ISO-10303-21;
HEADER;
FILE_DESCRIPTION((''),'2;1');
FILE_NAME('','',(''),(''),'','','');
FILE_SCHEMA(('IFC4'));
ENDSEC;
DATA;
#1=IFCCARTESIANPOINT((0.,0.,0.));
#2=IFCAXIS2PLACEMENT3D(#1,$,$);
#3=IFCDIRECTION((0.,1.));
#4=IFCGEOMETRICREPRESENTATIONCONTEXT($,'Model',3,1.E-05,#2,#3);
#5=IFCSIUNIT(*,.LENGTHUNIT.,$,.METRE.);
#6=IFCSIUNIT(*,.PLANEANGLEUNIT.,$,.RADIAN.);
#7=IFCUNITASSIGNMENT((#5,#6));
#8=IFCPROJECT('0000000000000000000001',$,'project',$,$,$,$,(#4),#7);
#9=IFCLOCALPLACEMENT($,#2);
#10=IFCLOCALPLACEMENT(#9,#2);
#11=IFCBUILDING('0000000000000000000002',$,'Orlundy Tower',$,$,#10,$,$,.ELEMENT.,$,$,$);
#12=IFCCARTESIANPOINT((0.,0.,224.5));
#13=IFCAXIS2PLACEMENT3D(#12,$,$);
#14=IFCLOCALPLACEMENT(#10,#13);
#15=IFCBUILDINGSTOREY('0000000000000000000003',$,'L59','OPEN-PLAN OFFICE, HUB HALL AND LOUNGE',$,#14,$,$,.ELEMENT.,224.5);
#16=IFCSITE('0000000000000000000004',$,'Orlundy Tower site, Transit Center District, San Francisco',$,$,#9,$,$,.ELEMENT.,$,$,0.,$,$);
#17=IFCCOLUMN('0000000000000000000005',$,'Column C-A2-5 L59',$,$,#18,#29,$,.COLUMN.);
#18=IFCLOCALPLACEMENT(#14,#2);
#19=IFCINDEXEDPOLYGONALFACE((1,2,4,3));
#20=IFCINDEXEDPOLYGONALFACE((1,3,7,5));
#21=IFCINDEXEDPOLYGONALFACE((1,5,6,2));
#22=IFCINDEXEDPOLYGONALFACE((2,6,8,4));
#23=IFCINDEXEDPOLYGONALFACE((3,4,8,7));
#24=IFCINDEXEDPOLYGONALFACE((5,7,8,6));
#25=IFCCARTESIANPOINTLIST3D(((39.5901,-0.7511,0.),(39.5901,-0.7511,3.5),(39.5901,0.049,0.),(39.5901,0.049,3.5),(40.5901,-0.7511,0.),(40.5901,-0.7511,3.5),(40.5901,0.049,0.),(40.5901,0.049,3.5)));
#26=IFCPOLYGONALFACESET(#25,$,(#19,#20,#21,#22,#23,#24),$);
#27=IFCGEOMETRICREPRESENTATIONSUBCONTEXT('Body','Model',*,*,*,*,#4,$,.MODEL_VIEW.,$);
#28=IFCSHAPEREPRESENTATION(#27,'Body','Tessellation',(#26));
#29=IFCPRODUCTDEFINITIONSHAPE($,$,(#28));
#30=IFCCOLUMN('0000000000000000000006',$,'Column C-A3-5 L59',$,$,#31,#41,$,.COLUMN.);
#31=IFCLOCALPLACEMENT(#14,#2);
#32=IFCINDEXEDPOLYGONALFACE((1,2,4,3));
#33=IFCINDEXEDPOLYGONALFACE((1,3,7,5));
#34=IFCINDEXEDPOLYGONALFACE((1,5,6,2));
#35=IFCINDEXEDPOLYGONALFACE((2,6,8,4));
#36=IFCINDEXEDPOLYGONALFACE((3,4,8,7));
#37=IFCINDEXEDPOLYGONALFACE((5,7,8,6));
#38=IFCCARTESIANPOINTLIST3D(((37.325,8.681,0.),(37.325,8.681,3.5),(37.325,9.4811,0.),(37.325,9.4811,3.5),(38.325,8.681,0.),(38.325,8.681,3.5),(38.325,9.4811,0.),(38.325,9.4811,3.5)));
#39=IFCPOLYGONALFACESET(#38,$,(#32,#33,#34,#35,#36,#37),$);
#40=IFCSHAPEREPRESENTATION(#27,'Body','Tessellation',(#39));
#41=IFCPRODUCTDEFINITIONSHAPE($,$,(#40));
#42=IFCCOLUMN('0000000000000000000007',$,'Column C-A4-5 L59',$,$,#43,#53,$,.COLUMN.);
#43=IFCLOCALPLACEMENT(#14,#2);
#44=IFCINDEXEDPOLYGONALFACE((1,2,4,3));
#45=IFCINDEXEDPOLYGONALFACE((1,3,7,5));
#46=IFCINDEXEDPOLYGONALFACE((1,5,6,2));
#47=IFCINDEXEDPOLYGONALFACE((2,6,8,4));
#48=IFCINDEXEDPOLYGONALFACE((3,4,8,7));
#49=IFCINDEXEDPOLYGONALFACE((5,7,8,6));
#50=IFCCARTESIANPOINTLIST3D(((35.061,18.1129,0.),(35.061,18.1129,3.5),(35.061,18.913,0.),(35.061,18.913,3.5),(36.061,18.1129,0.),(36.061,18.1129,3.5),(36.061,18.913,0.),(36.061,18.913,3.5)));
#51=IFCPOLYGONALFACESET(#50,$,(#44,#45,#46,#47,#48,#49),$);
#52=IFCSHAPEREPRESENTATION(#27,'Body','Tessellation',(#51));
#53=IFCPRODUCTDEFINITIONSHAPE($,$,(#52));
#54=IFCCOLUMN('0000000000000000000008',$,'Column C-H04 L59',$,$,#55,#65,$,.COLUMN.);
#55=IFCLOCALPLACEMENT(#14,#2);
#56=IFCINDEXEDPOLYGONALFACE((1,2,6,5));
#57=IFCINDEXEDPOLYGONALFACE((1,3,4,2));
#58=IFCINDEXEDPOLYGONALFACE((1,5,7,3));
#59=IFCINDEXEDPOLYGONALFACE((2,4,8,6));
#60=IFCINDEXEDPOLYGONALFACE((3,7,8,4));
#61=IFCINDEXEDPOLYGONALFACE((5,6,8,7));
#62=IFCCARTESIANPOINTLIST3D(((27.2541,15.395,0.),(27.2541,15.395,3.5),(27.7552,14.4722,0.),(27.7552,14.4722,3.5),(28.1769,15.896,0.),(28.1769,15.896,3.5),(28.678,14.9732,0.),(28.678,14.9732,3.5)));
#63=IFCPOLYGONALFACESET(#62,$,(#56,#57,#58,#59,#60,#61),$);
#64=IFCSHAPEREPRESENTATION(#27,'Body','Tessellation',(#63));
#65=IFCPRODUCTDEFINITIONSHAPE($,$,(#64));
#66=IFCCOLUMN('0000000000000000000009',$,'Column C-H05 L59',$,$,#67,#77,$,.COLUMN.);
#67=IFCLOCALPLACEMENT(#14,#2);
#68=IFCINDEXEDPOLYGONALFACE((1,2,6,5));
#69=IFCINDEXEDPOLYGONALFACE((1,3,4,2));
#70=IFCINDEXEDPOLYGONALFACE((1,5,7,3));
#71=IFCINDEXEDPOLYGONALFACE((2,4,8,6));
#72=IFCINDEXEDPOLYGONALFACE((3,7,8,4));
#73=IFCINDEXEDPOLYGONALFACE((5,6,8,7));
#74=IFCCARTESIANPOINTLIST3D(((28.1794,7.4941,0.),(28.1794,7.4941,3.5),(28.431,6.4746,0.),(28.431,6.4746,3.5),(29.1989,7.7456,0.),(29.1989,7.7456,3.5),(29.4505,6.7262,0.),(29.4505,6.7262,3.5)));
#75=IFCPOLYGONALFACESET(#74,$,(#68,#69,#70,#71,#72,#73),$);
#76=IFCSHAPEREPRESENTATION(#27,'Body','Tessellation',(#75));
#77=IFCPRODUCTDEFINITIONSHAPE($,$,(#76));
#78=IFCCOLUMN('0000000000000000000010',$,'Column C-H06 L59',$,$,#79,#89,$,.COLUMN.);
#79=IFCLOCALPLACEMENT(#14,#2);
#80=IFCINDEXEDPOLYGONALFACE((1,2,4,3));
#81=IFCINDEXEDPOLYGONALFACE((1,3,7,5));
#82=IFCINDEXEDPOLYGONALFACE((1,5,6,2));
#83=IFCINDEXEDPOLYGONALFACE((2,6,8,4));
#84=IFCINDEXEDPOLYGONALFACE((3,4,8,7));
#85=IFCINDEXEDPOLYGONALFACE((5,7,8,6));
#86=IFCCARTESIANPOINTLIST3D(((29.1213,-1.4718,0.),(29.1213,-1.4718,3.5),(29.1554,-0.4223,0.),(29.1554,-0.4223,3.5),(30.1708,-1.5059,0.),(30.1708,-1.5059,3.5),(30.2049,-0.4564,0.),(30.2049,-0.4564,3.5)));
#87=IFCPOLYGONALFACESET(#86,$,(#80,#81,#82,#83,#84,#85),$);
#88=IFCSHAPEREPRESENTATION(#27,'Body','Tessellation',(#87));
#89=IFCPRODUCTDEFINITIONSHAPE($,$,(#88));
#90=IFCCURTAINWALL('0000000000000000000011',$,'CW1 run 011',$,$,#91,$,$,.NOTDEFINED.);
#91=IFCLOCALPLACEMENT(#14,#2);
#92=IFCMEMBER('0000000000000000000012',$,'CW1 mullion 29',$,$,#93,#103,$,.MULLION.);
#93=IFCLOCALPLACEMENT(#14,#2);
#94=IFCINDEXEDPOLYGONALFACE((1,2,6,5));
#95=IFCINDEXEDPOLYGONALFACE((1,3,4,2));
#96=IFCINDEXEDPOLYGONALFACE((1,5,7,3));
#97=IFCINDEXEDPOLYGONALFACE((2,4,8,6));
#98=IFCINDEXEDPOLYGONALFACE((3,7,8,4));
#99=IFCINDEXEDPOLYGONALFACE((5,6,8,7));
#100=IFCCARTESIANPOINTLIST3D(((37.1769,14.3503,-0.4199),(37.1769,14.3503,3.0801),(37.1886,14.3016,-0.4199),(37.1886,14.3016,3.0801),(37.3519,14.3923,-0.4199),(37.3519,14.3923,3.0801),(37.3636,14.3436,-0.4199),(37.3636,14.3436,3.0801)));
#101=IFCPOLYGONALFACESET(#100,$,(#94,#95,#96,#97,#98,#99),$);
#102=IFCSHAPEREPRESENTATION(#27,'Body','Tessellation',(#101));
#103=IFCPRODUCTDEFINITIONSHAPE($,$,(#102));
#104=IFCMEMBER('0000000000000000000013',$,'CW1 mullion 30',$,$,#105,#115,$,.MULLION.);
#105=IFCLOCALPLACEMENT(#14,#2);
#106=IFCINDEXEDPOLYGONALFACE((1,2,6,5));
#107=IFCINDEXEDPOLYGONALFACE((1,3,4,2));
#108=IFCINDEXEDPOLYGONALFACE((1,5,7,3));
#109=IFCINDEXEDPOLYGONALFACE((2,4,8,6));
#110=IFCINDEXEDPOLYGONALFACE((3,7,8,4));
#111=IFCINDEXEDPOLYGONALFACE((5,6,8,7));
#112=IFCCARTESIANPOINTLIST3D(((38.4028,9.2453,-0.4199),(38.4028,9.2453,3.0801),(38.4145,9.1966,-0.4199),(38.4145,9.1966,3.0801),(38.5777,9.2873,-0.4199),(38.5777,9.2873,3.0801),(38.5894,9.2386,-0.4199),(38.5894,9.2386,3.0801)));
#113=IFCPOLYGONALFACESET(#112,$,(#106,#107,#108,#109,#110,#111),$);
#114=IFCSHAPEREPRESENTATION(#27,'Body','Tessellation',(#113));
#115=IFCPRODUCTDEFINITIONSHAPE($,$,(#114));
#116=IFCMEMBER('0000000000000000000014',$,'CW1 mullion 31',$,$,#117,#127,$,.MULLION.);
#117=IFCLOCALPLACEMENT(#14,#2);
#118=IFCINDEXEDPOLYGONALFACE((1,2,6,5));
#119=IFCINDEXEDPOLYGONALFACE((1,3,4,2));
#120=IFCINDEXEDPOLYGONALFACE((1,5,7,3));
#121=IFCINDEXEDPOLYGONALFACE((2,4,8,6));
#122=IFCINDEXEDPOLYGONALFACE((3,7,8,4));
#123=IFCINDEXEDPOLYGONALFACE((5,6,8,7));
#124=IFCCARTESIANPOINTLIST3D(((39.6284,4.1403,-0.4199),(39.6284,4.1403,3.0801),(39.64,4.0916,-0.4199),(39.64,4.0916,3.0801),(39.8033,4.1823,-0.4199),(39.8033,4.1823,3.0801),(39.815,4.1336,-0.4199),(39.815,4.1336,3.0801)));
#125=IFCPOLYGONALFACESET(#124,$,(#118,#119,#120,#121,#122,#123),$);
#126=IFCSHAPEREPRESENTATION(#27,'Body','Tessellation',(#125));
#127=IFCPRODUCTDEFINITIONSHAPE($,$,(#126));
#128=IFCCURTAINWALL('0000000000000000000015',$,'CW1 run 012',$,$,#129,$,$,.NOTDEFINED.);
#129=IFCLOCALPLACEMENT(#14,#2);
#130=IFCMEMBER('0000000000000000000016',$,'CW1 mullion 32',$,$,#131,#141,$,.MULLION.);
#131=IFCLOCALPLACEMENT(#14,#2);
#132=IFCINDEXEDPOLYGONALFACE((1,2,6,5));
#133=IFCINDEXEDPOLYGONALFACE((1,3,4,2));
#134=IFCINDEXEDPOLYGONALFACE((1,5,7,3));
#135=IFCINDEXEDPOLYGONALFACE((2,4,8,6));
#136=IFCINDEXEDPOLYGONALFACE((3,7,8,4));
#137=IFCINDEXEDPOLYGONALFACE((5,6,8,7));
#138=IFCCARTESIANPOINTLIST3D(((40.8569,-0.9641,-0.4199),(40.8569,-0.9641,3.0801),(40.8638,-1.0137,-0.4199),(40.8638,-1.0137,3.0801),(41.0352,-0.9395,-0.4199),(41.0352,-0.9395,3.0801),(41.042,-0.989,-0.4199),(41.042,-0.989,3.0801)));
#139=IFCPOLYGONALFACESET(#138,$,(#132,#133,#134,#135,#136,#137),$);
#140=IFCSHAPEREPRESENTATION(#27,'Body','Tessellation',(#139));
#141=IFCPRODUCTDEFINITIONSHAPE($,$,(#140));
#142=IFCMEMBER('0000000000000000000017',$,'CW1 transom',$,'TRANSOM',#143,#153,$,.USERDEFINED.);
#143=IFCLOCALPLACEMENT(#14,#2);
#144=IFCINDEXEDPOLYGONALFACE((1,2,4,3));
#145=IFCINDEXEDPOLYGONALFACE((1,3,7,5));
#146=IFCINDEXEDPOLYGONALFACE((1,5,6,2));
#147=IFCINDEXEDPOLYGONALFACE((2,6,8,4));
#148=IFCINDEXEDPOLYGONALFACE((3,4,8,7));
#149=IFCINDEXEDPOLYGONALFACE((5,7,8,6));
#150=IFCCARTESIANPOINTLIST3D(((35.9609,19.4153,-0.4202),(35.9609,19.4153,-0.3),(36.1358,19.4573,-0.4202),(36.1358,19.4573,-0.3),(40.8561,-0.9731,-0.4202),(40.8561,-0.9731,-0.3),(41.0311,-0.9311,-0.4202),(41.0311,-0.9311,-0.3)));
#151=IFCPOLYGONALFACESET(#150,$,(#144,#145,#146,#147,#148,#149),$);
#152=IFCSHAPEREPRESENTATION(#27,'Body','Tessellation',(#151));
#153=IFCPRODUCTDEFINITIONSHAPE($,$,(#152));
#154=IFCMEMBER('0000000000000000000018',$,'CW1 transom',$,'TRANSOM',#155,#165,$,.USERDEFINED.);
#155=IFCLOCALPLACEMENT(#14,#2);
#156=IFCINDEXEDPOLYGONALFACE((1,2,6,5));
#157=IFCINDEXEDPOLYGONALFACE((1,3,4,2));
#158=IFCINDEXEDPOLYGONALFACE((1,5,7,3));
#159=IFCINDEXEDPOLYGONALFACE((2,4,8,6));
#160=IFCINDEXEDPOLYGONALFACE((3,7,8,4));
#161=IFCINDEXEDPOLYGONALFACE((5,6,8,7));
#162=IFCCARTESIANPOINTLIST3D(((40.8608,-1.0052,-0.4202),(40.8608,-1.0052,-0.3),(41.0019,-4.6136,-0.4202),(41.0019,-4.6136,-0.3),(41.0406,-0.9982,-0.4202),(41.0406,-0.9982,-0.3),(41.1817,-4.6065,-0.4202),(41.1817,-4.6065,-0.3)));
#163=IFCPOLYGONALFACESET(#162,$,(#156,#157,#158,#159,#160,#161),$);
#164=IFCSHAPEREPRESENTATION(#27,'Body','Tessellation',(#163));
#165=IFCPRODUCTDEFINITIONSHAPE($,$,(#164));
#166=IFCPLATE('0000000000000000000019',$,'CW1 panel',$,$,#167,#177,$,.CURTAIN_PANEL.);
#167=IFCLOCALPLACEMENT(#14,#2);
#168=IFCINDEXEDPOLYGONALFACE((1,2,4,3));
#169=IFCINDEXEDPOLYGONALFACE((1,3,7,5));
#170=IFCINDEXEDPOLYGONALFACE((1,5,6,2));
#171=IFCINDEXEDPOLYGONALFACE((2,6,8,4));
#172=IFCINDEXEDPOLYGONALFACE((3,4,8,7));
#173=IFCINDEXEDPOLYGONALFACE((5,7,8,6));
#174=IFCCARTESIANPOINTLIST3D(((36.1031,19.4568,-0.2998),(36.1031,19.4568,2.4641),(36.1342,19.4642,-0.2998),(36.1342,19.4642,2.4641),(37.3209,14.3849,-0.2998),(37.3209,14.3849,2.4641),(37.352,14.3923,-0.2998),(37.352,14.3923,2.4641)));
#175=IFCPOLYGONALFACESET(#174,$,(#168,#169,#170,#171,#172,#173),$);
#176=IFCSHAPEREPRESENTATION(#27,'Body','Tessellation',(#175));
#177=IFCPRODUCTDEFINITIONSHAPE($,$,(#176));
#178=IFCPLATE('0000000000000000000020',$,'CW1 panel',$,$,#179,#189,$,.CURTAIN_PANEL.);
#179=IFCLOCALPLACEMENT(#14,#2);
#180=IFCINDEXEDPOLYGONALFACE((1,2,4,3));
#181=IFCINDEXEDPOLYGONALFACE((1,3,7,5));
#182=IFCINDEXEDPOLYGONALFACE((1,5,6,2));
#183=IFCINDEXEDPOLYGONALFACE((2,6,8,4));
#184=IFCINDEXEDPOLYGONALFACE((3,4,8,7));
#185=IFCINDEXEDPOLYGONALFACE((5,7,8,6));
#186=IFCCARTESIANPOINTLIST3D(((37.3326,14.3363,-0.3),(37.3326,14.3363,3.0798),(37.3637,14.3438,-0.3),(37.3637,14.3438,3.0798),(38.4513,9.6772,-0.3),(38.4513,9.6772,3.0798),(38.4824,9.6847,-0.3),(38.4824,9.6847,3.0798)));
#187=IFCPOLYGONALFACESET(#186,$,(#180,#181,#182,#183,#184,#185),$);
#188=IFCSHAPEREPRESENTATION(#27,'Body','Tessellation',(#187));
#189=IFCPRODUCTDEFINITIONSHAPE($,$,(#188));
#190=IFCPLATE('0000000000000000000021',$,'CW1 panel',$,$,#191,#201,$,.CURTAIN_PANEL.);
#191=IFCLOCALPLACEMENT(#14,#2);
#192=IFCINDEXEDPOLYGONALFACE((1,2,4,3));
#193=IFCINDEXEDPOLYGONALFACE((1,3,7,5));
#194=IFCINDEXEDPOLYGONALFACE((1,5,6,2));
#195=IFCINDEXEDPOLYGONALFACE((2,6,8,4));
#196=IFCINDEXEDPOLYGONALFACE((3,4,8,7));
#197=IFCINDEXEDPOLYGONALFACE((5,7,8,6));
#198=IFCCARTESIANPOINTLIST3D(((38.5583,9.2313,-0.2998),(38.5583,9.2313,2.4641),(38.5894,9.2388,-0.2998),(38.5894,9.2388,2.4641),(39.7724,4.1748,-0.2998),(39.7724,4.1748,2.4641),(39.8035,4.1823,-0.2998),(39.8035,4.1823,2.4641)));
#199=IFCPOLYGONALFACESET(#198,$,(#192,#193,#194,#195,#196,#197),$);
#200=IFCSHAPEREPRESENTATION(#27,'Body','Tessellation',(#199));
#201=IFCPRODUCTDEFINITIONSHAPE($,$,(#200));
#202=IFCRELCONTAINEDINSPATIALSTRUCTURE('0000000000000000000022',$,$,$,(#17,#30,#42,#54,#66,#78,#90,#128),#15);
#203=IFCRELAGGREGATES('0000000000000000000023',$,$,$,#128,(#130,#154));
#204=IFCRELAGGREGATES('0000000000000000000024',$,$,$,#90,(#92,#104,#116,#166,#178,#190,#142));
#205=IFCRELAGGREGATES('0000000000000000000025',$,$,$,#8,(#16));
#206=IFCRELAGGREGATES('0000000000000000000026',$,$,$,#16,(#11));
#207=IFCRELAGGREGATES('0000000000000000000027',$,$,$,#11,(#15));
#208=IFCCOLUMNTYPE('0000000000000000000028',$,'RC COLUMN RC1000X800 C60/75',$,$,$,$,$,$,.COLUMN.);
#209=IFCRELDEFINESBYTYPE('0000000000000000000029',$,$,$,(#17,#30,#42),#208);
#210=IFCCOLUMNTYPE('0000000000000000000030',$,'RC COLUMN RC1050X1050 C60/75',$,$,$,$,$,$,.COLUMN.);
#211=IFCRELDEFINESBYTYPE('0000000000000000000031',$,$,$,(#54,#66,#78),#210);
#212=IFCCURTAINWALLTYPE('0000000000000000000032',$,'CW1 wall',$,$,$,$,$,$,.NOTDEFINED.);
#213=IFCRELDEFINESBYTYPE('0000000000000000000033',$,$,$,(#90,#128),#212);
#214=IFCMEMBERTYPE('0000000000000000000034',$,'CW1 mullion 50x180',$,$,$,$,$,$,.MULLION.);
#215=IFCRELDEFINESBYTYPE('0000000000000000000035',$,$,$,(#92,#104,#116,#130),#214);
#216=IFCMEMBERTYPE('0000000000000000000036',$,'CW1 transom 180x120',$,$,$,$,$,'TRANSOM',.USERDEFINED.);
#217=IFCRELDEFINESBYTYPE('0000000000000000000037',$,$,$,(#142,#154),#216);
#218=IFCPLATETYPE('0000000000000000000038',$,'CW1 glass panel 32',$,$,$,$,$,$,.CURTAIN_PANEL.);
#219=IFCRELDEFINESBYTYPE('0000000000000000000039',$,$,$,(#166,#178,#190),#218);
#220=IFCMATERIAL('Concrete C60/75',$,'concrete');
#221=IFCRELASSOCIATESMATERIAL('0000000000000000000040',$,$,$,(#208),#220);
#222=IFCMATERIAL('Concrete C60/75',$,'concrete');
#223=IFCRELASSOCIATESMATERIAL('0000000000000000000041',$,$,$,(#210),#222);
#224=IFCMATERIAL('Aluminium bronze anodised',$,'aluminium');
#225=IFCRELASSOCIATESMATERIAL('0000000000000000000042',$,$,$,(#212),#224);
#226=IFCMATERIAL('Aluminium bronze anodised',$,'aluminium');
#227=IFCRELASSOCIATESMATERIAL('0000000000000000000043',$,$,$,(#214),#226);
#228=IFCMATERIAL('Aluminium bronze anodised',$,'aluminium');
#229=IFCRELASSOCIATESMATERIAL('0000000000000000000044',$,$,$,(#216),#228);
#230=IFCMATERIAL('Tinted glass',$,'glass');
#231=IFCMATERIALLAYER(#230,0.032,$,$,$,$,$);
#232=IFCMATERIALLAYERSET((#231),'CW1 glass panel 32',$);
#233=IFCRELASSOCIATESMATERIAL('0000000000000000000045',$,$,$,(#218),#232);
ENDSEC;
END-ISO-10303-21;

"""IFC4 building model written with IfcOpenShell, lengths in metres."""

from ifc_helpers import new_model, si_unit, direction, frame, origin, origin_2d, place, context, subcontext, project, spatial, rectangle, extrude, material, layer, layer_set, material_profile, profile_set, type_object, element, aggregate, save


model = new_model("IFC4")

# Units and contexts
model_context = context("Model", 3, precision=1e-05, world=origin(), true_north=direction((0.0, 1.0)))
body_context = subcontext(model_context, "Body", "Model", "MODEL_VIEW")
ifc_project = project(units=[si_unit("LENGTHUNIT", "METRE"), si_unit("PLANEANGLEUNIT", "RADIAN")], contexts=[model_context])

# Site, building, storey
site_placement = place(None, origin())
site = spatial("IfcSite", under=ifc_project, at=site_placement, Name="Orlundy Tower site, Transit Center District, San Francisco", CompositionType="ELEMENT", RefElevation=0.0)
building_placement = place(site_placement, origin())
building = spatial("IfcBuilding", under=site, at=building_placement, Name="Orlundy Tower", CompositionType="ELEMENT")
storey_placement = place(building_placement, frame((0.0, 0.0, 224.5)))
storey = spatial("IfcBuildingStorey", under=building, at=storey_placement, Name="L59", Description="OPEN-PLAN OFFICE, HUB HALL AND LOUNGE", CompositionType="ELEMENT", Elevation=224.5)

# Columns
ifc_material_1 = material(Name="Concrete C60/75", Category="concrete")
ifc_material_profile_1 = material_profile(ifc_material_1, rectangle(XDim=1.0, YDim=0.8, at=origin_2d()), Name="RC1000X800")
ifc_profile_set_1 = profile_set([ifc_material_profile_1], Name="Concrete C60/75")
column_type_1 = type_object("IfcColumnType", Name="RC COLUMN RC1000X800 C60/75", PredefinedType="COLUMN", material=ifc_profile_set_1)
for number, where, z_axis, x_axis, name in (
    (1, (40.0901, -0.3511, 0.0), (0.0, 0.0, 1.0), (1.0, 0.0, 0.0), "Column C-A2-5 L59"),
    (2, (37.825, 9.0811, 0.0), (0.0, 0.0, 1.0), (1.0, 0.0, 0.0), "Column C-A3-5 L59"),
    (3, (35.561, 18.5129, 0.0), (0.0, 0.0, 1.0), (1.0, 0.0, 0.0), "Column C-A4-5 L59"),
):
    element("IfcColumn", number, at=place(storey_placement, frame(where, z_axis=z_axis, x_axis=x_axis)), inside=storey, type_object=column_type_1, Name=name, PredefinedType="COLUMN", context=body_context, shape_type="SweptSolid", body=[
        extrude(rectangle(XDim=1.0, YDim=0.8, at=origin_2d()), origin(), (0.0, 0.0, 1.0), 3.5),
    ])
ifc_material_2 = material(Name="Concrete C60/75", Category="concrete")
ifc_material_profile_2 = material_profile(ifc_material_2, rectangle(XDim=1.05, YDim=1.05, at=origin_2d()), Name="RC1050X1050")
ifc_profile_set_2 = profile_set([ifc_material_profile_2], Name="Concrete C60/75")
column_type_2 = type_object("IfcColumnType", Name="RC COLUMN RC1050X1050 C60/75", PredefinedType="COLUMN", material=ifc_profile_set_2)
for number, where, z_axis, x_axis, name in (
    (4, (27.9661, 15.1841, 0.0), (0.0, 0.0, 1.0), (0.878817, 0.477159, 0.0), "Column C-H04 L59"),
    (5, (28.8149, 7.1101, 0.0), (0.0, 0.0, 1.0), (0.97088, 0.239567, 0.0), "Column C-H05 L59"),
    (6, (29.6631, -0.9641, 0.0), (0.0, 0.0, 1.0), (0.999473, -0.032475, 0.0), "Column C-H06 L59"),
):
    element("IfcColumn", number, at=place(storey_placement, frame(where, z_axis=z_axis, x_axis=x_axis)), inside=storey, type_object=column_type_2, Name=name, PredefinedType="COLUMN", context=body_context, shape_type="SweptSolid", body=[
        extrude(rectangle(XDim=1.05, YDim=1.05, at=origin_2d()), origin(), (0.0, 0.0, 1.0), 3.5),
    ])

# Curtain wall, members
ifc_material_3 = material(Name="Aluminium bronze anodised", Category="aluminium")
curtain_wall_type = type_object("IfcCurtainWallType", Name="CW1 wall", PredefinedType="NOTDEFINED", material=ifc_material_3)
curtain_wall_1_placement = place(storey_placement, origin())
curtain_wall_1 = element("IfcCurtainWall", 7, at=curtain_wall_1_placement, inside=storey, type_object=curtain_wall_type, Name="CW1 run 011", PredefinedType="NOTDEFINED")
ifc_material_4 = material(Name="Aluminium bronze anodised", Category="aluminium")
ifc_material_profile_3 = material_profile(ifc_material_4, rectangle(XDim=0.1799, YDim=0.05, at=origin_2d()), Name="CW1 mullion 50x180")
ifc_profile_set_3 = profile_set([ifc_material_profile_3], Name="Aluminium bronze anodised")
member_type_1 = type_object("IfcMemberType", Name="CW1 mullion 50x180", PredefinedType="MULLION", material=ifc_profile_set_3)
member_1_placement = place(storey_placement, frame((37.2703, 14.3469, -0.4199), z_axis=(0.0, 0.0, 1.0), x_axis=(0.972364, 0.233472, 0.0)))
member_1 = element("IfcMember", 8, at=member_1_placement, type_object=member_type_1, Name="CW1 mullion 29", PredefinedType="MULLION", context=body_context, shape_type="SweptSolid", body=[
    extrude(rectangle(XDim=0.1799, YDim=0.05, at=origin_2d()), origin(), (0.0, 0.0, 1.0), 3.5),
])
member_2_placement = place(storey_placement, frame((38.4961, 9.2419, -0.4199), z_axis=(0.0, 0.0, 1.0), x_axis=(0.972364, 0.233472, 0.0)))
member_2 = element("IfcMember", 9, at=member_2_placement, type_object=member_type_1, Name="CW1 mullion 30", PredefinedType="MULLION", context=body_context, shape_type="SweptSolid", body=[
    extrude(rectangle(XDim=0.1799, YDim=0.05, at=origin_2d()), origin(), (0.0, 0.0, 1.0), 3.5),
])
member_3_placement = place(storey_placement, frame((39.7217, 4.137, -0.4199), z_axis=(0.0, 0.0, 1.0), x_axis=(0.972364, 0.233472, 0.0)))
member_3 = element("IfcMember", 10, at=member_3_placement, type_object=member_type_1, Name="CW1 mullion 31", PredefinedType="MULLION", context=body_context, shape_type="SweptSolid", body=[
    extrude(rectangle(XDim=0.1799, YDim=0.05, at=origin_2d()), origin(), (0.0, 0.0, 1.0), 3.5),
])

# Curtain wall, member
curtain_wall_2_placement = place(storey_placement, origin())
curtain_wall_2 = element("IfcCurtainWall", 11, at=curtain_wall_2_placement, inside=storey, type_object=curtain_wall_type, Name="CW1 run 012", PredefinedType="NOTDEFINED")
member_4_placement = place(storey_placement, frame((40.9495, -0.9766, -0.4199), z_axis=(0.0, 0.0, 1.0), x_axis=(0.990577, 0.136955, 0.0)))
member_4 = element("IfcMember", 12, at=member_4_placement, type_object=member_type_1, Name="CW1 mullion 32", PredefinedType="MULLION", context=body_context, shape_type="SweptSolid", body=[
    extrude(rectangle(XDim=0.1799, YDim=0.05, at=origin_2d()), origin(), (0.0, 0.0, 1.0), 3.5),
])

# Members
ifc_material_5 = material(Name="Aluminium bronze anodised", Category="aluminium")
ifc_material_profile_4 = material_profile(ifc_material_5, rectangle(XDim=0.1799, YDim=0.1201, at=origin_2d()), Name="CW1 transom 180x120")
ifc_profile_set_4 = profile_set([ifc_material_profile_4], Name="Aluminium bronze anodised")
member_type_2 = type_object("IfcMemberType", Name="CW1 transom 180x120", ElementType="TRANSOM", PredefinedType="USERDEFINED", material=ifc_profile_set_4)
member_5_placement = place(storey_placement, frame((36.0483, 19.4363, -0.3601), z_axis=(0.233465, -0.972365, 0.0), x_axis=(0.972365, 0.233465, 0.0)))
member_5 = element("IfcMember", 13, at=member_5_placement, type_object=member_type_2, Name="CW1 transom", ObjectType="TRANSOM", PredefinedType="USERDEFINED", context=body_context, shape_type="SweptSolid", body=[
    extrude(rectangle(XDim=0.1799, YDim=0.1201, at=origin_2d()), origin(), (0.0, 0.0, 1.0), 20.9678),
])
member_6_placement = place(storey_placement, frame((40.9507, -1.0017, -0.3601), z_axis=(0.039077, -0.999236, 0.0), x_axis=(0.999236, 0.039077, 0.0)))
member_6 = element("IfcMember", 14, at=member_6_placement, type_object=member_type_2, Name="CW1 transom", ObjectType="TRANSOM", PredefinedType="USERDEFINED", context=body_context, shape_type="SweptSolid", body=[
    extrude(rectangle(XDim=0.1799, YDim=0.1201, at=origin_2d()), origin(), (0.0, 0.0, 1.0), 3.6111),
])
aggregate(curtain_wall_2, [member_4, member_6])

# Plates
ifc_material_6 = material(Name="Tinted glass", Category="glass")
ifc_layer_1 = layer(ifc_material_6, 0.032)
ifc_layer_set_1 = layer_set([ifc_layer_1], Name="CW1 glass panel 32")
plate_type = type_object("IfcPlateType", Name="CW1 glass panel 32", PredefinedType="CURTAIN_PANEL", material=ifc_layer_set_1)
plate_1_placement = place(storey_placement, frame((36.7275, 16.9246, -0.2998), z_axis=(0.0, 0.0, 1.0), x_axis=(0.233472, -0.972364, 0.0)))
plate_1 = element("IfcPlate", 15, at=plate_1_placement, type_object=plate_type, Name="CW1 panel", PredefinedType="CURTAIN_PANEL", context=body_context, shape_type="SweptSolid", body=[
    extrude(rectangle(XDim=5.2161, YDim=0.032, at=origin_2d()), origin(), (0.0, 0.0, 1.0), 2.7639),
])
plate_2_placement = place(storey_placement, frame((37.9075, 12.0105, -0.3), z_axis=(0.0, 0.0, 1.0), x_axis=(0.233472, -0.972364, 0.0)))
plate_2 = element("IfcPlate", 16, at=plate_2_placement, type_object=plate_type, Name="CW1 panel", PredefinedType="CURTAIN_PANEL", context=body_context, shape_type="SweptSolid", body=[
    extrude(rectangle(XDim=4.7915, YDim=0.032, at=origin_2d()), origin(), (0.0, 0.0, 1.0), 3.3799),
])
plate_3_placement = place(storey_placement, frame((39.1809, 6.7068, -0.2998), z_axis=(0.0, 0.0, 1.0), x_axis=(0.233472, -0.972364, 0.0)))
plate_3 = element("IfcPlate", 17, at=plate_3_placement, type_object=plate_type, Name="CW1 panel", PredefinedType="CURTAIN_PANEL", context=body_context, shape_type="SweptSolid", body=[
    extrude(rectangle(XDim=5.2002, YDim=0.032, at=origin_2d()), origin(), (0.0, 0.0, 1.0), 2.7639),
])
aggregate(curtain_wall_1, [member_1, member_2, member_3, plate_1, plate_2, plate_3, member_5])

save(model, "model.ifc")
